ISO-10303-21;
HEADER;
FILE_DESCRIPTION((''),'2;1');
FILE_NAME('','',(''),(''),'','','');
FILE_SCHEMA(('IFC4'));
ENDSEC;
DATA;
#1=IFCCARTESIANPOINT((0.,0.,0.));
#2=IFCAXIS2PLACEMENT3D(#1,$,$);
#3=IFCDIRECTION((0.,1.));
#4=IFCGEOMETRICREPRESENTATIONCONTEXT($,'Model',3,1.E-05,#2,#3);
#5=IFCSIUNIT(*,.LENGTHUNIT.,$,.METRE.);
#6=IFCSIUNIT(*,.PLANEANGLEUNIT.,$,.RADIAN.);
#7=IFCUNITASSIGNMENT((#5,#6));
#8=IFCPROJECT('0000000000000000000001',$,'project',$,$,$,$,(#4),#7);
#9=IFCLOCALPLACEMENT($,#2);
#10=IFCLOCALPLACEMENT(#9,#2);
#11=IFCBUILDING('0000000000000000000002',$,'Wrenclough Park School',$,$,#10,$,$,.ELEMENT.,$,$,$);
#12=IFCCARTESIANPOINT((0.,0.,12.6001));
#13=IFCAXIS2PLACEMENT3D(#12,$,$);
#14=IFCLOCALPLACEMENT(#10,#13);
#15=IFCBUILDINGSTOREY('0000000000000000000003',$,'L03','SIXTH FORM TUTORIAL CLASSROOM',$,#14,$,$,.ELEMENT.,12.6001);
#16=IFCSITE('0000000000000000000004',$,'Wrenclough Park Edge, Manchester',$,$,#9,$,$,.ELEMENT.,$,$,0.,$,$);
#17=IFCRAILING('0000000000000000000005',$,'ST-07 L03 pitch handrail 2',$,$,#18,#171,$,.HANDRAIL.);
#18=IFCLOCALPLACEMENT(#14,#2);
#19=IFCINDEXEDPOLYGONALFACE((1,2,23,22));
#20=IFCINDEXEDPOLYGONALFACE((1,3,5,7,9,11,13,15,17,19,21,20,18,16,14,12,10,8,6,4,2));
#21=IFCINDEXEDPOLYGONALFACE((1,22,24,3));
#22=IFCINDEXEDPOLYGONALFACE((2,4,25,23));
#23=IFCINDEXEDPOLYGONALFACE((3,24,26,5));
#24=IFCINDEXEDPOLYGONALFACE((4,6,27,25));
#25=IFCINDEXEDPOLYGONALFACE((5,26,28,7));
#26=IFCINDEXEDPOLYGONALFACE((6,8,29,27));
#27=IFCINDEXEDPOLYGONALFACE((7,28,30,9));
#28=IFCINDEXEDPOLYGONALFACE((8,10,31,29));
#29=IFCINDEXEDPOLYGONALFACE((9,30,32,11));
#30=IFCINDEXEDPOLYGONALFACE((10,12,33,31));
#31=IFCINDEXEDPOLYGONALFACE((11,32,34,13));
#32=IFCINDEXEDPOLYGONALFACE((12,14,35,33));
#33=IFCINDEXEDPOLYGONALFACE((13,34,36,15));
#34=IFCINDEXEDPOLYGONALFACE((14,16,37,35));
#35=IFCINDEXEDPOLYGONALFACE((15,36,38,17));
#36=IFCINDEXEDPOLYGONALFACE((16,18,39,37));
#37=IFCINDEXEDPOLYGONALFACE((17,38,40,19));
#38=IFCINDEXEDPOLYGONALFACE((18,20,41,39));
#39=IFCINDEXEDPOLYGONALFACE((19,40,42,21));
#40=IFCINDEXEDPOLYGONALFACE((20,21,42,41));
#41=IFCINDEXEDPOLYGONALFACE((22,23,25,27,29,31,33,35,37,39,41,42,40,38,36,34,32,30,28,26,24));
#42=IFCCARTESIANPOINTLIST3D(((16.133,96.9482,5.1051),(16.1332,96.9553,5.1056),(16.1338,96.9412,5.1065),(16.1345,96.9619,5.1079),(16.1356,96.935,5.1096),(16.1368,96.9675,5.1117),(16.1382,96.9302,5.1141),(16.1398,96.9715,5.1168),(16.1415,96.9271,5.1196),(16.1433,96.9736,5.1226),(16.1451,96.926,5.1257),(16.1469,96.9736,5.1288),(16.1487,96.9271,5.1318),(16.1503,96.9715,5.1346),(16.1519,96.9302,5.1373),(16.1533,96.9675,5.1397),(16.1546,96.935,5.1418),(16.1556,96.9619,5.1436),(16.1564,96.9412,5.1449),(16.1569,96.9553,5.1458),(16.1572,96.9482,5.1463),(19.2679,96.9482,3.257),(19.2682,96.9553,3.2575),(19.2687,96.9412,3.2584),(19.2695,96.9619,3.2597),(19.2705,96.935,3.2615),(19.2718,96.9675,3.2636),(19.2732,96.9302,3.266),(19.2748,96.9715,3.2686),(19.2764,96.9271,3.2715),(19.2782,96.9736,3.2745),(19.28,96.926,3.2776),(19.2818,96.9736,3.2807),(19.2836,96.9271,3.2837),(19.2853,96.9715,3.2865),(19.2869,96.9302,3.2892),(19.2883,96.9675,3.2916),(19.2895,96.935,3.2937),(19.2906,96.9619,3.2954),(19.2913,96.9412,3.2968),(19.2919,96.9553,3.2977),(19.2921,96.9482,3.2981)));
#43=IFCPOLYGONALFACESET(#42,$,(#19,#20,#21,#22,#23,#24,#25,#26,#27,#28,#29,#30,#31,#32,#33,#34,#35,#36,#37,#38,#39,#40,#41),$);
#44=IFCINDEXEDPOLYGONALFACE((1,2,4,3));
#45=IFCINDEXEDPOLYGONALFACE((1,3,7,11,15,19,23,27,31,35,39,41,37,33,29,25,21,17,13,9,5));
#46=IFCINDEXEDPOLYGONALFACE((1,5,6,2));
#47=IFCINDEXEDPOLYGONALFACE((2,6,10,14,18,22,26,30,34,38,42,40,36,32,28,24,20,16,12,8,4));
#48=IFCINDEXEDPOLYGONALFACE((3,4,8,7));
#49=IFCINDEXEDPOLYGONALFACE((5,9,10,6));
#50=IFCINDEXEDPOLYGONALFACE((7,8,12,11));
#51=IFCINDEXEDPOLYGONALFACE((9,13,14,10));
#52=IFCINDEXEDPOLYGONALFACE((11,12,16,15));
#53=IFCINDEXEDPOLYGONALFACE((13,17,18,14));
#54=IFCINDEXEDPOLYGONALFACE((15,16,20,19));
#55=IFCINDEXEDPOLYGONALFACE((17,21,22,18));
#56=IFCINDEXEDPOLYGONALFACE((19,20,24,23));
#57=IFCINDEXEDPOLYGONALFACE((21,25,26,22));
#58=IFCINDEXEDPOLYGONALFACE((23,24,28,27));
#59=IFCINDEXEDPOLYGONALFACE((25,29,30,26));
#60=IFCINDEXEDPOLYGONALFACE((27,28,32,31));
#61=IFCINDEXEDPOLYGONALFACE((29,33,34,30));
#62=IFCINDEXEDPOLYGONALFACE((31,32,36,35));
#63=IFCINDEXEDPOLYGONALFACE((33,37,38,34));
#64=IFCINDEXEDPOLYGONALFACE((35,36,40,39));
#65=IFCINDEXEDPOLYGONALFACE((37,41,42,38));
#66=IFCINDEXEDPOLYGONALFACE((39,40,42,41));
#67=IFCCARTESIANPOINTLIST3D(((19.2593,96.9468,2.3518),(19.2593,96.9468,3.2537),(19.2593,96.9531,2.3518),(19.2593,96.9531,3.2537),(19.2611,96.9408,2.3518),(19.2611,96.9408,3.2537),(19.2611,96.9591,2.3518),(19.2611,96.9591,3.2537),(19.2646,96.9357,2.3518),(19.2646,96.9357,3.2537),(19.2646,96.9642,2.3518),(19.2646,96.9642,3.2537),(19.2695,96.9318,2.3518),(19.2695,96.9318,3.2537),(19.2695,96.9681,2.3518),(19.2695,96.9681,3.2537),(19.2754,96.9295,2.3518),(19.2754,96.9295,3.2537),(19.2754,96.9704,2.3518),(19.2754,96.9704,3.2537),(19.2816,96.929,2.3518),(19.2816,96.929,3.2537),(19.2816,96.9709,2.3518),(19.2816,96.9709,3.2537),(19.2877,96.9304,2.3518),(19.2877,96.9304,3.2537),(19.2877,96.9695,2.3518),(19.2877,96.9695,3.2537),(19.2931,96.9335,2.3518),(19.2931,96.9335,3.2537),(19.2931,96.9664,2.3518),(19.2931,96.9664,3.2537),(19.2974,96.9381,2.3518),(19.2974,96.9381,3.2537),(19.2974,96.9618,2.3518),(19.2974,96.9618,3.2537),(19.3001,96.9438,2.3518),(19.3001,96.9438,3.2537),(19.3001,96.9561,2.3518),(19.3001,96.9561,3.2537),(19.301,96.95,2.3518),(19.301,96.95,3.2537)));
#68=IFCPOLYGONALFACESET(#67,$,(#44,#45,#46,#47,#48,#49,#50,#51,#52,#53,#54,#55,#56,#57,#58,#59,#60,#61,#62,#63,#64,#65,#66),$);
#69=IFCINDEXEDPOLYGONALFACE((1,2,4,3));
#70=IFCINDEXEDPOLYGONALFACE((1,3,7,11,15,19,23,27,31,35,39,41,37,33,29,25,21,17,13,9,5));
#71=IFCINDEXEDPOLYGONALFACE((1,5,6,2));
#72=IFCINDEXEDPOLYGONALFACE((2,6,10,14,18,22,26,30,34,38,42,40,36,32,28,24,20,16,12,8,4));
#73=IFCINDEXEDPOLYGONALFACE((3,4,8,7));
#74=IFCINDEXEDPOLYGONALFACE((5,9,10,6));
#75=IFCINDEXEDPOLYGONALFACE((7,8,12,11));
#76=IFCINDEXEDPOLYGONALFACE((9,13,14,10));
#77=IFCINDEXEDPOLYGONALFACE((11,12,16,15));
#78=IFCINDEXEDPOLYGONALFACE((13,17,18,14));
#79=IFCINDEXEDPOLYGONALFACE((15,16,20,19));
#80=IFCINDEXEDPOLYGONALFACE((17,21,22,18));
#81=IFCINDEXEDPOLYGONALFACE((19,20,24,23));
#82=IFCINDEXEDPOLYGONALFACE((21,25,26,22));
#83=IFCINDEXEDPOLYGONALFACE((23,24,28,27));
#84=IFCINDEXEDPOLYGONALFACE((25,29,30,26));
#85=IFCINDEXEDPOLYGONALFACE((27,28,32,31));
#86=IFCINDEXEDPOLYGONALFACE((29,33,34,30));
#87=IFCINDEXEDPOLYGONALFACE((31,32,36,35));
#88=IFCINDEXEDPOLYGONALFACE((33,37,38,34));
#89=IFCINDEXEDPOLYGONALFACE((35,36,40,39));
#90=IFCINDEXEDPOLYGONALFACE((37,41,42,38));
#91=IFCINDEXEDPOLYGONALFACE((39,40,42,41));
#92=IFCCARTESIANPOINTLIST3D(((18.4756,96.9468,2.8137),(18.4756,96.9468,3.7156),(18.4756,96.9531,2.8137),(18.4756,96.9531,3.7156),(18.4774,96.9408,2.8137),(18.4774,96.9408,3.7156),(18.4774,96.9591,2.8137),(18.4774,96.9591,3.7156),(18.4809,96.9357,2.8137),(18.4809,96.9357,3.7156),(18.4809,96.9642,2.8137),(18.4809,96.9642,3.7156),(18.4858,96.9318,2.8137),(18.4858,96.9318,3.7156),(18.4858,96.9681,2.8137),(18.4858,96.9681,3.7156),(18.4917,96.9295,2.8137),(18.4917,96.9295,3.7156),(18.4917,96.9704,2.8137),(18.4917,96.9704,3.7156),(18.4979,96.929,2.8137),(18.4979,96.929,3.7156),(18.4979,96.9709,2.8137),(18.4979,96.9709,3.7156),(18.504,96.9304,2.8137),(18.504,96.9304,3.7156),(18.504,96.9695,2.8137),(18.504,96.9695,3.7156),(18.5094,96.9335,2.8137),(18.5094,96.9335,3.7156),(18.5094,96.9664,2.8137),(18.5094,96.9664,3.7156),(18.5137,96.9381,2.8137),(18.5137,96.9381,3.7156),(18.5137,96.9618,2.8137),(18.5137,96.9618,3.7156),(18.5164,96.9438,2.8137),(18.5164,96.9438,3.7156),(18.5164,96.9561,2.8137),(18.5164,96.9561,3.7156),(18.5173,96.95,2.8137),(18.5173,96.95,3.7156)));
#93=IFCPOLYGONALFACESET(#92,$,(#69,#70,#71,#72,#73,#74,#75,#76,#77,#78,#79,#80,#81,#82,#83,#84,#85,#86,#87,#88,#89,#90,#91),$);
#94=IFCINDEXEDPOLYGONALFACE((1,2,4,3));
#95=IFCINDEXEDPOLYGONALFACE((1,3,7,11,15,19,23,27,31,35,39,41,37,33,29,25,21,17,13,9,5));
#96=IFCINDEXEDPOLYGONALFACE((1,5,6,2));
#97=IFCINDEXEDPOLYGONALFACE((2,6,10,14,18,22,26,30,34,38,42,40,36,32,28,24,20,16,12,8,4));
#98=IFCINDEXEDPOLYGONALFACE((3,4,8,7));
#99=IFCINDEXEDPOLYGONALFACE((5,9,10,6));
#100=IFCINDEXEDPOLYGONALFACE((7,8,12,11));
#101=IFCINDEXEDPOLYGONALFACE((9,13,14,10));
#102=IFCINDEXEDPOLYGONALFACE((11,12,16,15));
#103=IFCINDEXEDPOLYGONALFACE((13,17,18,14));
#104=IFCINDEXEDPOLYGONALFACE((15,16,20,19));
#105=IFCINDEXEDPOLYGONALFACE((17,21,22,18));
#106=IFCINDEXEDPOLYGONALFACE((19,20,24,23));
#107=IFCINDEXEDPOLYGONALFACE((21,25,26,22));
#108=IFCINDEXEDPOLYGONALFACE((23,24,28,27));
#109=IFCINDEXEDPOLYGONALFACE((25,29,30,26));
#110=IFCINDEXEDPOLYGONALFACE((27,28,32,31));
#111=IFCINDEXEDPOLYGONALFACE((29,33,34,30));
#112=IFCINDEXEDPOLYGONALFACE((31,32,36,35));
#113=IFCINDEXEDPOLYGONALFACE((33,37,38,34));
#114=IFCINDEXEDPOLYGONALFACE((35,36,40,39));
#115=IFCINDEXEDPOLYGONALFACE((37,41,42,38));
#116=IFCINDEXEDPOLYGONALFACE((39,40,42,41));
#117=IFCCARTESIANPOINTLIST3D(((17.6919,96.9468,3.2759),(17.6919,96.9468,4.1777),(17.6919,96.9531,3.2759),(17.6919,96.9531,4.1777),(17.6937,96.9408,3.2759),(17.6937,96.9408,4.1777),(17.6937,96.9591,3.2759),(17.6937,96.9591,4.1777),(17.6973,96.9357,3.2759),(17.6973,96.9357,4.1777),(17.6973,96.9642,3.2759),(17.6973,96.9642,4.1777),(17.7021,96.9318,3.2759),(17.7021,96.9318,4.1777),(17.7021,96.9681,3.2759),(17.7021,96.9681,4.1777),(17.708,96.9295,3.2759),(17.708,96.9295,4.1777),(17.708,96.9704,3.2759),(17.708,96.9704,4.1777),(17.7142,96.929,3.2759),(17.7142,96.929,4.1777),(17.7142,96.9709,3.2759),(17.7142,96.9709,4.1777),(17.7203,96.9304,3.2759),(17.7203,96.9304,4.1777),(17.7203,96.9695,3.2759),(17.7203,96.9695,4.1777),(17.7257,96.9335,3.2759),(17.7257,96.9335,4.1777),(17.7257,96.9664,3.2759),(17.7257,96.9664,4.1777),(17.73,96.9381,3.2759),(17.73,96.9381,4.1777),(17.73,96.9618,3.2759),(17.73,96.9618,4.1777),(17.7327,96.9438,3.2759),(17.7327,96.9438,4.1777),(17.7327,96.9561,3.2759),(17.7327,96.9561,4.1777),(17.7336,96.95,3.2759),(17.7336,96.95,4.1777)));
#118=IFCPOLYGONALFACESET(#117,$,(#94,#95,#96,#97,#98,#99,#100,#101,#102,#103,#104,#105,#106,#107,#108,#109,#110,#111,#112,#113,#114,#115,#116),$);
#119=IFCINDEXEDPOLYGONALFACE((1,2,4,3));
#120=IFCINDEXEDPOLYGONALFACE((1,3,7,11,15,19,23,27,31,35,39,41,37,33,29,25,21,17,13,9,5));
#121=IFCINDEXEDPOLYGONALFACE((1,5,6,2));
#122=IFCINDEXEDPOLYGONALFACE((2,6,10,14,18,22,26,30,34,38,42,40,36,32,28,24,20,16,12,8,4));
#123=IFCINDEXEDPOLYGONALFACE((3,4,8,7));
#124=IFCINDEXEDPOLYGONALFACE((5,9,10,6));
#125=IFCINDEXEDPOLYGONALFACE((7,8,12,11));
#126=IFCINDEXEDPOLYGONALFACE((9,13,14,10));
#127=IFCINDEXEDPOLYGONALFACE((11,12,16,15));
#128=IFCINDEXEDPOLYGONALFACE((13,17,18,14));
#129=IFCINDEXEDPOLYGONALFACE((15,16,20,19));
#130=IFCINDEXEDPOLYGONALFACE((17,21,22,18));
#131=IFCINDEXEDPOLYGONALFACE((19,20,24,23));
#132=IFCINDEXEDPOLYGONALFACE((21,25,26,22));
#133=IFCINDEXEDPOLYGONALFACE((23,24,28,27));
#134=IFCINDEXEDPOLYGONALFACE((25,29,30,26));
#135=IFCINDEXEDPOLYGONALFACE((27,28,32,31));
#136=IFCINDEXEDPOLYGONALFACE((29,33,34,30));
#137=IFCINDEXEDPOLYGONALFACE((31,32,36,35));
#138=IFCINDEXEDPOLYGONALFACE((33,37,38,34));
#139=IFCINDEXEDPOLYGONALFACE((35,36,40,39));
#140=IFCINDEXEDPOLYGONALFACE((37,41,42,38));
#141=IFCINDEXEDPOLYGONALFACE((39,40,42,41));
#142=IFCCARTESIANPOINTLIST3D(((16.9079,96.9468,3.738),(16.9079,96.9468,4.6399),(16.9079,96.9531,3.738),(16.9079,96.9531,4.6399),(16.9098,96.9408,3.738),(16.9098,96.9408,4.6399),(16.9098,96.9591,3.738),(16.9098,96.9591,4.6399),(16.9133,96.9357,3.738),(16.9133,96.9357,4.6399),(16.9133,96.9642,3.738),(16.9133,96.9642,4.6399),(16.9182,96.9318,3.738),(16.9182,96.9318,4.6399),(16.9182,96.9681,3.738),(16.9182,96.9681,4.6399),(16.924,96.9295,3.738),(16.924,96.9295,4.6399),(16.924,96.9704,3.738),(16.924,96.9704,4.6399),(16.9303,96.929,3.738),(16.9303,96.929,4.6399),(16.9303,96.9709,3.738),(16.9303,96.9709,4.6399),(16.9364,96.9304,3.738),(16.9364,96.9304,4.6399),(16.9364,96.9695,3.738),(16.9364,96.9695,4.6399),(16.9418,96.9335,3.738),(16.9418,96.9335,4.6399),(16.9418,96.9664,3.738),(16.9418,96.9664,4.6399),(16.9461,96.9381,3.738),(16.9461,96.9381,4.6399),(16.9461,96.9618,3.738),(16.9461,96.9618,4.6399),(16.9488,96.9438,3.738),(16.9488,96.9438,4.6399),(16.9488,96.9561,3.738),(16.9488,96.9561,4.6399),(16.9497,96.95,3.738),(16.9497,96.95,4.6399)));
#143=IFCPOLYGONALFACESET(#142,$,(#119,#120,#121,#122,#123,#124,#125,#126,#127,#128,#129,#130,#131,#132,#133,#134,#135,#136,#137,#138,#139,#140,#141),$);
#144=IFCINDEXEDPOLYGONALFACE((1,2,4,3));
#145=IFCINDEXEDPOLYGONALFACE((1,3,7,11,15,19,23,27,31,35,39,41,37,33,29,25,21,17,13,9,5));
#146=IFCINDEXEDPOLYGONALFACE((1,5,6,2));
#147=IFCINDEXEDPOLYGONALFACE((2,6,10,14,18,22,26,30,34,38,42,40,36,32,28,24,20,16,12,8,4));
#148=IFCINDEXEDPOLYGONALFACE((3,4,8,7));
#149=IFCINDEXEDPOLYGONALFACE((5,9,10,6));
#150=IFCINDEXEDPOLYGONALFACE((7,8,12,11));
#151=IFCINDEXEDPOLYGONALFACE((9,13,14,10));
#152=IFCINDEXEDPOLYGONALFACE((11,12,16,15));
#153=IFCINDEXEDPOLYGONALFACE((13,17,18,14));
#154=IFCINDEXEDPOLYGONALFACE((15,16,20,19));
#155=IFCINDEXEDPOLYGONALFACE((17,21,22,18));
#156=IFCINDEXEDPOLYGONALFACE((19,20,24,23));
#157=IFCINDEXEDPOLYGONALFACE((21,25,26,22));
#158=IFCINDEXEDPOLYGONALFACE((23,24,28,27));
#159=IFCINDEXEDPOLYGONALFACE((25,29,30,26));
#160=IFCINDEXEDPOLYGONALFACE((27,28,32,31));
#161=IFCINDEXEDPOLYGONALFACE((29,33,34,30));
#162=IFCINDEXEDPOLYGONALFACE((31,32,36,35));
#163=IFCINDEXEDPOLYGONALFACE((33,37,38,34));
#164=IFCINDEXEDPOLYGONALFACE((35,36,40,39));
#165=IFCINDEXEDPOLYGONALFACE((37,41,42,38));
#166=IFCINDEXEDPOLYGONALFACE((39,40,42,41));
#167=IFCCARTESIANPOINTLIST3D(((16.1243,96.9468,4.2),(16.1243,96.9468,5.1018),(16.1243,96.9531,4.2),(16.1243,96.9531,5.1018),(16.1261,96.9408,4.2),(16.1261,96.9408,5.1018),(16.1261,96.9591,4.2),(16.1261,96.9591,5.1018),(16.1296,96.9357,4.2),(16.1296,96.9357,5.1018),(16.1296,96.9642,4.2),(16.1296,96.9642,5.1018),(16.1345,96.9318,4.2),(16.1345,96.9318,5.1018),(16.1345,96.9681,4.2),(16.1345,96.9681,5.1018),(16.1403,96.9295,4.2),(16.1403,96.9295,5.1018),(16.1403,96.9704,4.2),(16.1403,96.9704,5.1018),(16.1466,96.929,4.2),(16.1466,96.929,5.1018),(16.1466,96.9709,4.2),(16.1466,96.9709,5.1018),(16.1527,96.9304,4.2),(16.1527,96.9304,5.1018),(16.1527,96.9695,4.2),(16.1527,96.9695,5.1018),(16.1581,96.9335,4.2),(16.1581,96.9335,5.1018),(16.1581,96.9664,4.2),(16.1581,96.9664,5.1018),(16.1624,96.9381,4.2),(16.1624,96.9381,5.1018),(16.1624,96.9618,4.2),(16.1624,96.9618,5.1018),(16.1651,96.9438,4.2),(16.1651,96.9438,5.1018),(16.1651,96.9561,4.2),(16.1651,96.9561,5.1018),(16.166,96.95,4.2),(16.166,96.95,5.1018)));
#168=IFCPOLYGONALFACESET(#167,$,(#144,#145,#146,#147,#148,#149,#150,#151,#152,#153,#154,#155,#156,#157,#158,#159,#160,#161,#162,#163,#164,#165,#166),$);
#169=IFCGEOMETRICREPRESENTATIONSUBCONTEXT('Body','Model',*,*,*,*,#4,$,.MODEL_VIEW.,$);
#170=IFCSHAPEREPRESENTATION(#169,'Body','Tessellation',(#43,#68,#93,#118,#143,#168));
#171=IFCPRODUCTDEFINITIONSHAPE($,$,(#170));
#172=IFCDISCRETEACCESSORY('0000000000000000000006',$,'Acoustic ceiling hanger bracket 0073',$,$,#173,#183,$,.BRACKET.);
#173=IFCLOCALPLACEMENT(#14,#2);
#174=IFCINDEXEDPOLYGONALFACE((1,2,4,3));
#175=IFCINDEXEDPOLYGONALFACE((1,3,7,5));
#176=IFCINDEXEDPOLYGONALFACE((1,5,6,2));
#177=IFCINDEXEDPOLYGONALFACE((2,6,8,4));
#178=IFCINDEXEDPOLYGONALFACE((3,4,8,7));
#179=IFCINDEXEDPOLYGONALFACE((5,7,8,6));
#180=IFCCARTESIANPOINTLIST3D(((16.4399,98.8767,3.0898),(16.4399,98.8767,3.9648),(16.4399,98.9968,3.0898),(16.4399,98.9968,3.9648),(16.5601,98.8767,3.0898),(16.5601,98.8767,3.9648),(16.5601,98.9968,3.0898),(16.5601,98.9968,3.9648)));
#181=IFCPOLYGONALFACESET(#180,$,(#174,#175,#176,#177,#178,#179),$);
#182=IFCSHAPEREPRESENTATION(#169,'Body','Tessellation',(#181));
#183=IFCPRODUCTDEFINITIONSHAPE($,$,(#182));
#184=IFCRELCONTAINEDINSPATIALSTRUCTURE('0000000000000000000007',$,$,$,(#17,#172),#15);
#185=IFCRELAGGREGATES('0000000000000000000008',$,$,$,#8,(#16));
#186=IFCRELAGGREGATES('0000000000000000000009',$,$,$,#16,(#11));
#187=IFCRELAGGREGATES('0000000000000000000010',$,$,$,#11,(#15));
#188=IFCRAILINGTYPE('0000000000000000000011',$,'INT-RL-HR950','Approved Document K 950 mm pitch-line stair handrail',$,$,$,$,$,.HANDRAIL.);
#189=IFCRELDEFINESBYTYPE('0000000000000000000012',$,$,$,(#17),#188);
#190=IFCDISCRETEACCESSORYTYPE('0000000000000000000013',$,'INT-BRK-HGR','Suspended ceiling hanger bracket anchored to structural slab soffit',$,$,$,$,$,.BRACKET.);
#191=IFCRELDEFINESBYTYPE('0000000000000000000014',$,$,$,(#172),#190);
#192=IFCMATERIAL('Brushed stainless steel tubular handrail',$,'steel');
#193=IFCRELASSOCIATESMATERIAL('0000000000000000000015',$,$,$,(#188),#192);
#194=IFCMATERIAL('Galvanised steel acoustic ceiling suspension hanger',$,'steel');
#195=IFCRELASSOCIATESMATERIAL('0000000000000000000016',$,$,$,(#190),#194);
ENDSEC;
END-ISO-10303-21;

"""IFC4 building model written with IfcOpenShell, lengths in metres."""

from ifc_helpers import new_model, si_unit, direction, frame, origin, origin_2d, place, context, subcontext, project, spatial, rectangle, circle, extrude, material, type_object, element, save


model = new_model("IFC4")

# Units and contexts
model_context = context("Model", 3, precision=1e-05, world=origin(), true_north=direction((0.0, 1.0)))
body_context = subcontext(model_context, "Body", "Model", "MODEL_VIEW")
ifc_project = project(units=[si_unit("LENGTHUNIT", "METRE"), si_unit("PLANEANGLEUNIT", "RADIAN")], contexts=[model_context])

# Site, building, storey
site_placement = place(None, origin())
site = spatial("IfcSite", under=ifc_project, at=site_placement, Name="Wrenclough Park Edge, Manchester", CompositionType="ELEMENT", RefElevation=0.0)
building_placement = place(site_placement, origin())
building = spatial("IfcBuilding", under=site, at=building_placement, Name="Wrenclough Park School", CompositionType="ELEMENT")
storey_placement = place(building_placement, frame((0.0, 0.0, 12.6001)))
storey = spatial("IfcBuildingStorey", under=building, at=storey_placement, Name="L03", Description="SIXTH FORM TUTORIAL CLASSROOM", CompositionType="ELEMENT", Elevation=12.6001)

# Railing
ifc_material_1 = material(Name="Brushed stainless steel tubular handrail", Category="steel")
railing_type_1 = type_object("IfcRailingType", Name="INT-RL-HR950", Description="Approved Document K 950 mm pitch-line stair handrail", PredefinedType="HANDRAIL", material=ifc_material_1)
railing_1_placement = place(storey_placement, frame((19.28, 96.95, 2.3518)))
element("IfcRailing", 1, at=railing_1_placement, inside=storey, type_object=railing_type_1, Name="ST-07 L03 pitch handrail 2", PredefinedType="HANDRAIL", context=body_context, shape_type="SweptSolid", body=[
    extrude(circle(Radius=0.0239, at=origin_2d()), frame((0.0, 0.0, 0.9258), z_axis=(-0.861451, 0.0, 0.507841), x_axis=(0.0, -1.0, 0.0)), (0.0, 0.0, 1.0), 3.6392),
    extrude(circle(Radius=0.021, at=origin_2d()), origin(), (0.0, 0.0, 1.0), 0.9019),
    extrude(circle(Radius=0.021, at=origin_2d()), frame((-0.7837, 0.0, 0.4619)), (0.0, 0.0, 1.0), 0.9019),
    extrude(circle(Radius=0.021, at=origin_2d()), frame((-1.5674, 0.0, 0.9241)), (0.0, 0.0, 1.0), 0.9019),
    extrude(circle(Radius=0.021, at=origin_2d()), frame((-2.3513, 0.0, 1.3862)), (0.0, 0.0, 1.0), 0.9019),
    extrude(circle(Radius=0.021, at=origin_2d()), frame((-3.135, 0.0, 1.8481)), (0.0, 0.0, 1.0), 0.9019),
])

# Discrete accessory
ifc_material_2 = material(Name="Galvanised steel acoustic ceiling suspension hanger", Category="steel")
discrete_accessory_type = type_object("IfcDiscreteAccessoryType", Name="INT-BRK-HGR", Description="Suspended ceiling hanger bracket anchored to structural slab soffit", PredefinedType="BRACKET", material=ifc_material_2)
discrete_accessory_placement = place(storey_placement, frame((16.5, 98.9368, 3.0898), z_axis=(0.0, 0.0, 1.0), x_axis=(1.0, 0.0, 0.0)))
element("IfcDiscreteAccessory", 2, at=discrete_accessory_placement, inside=storey, type_object=discrete_accessory_type, Name="Acoustic ceiling hanger bracket 0073", PredefinedType="BRACKET", context=body_context, shape_type="SweptSolid", body=[
    extrude(rectangle(XDim=0.1201, YDim=0.1201, at=origin_2d()), origin(), (0.0, 0.0, 1.0), 0.875),
])

save(model, "model.ifc")
